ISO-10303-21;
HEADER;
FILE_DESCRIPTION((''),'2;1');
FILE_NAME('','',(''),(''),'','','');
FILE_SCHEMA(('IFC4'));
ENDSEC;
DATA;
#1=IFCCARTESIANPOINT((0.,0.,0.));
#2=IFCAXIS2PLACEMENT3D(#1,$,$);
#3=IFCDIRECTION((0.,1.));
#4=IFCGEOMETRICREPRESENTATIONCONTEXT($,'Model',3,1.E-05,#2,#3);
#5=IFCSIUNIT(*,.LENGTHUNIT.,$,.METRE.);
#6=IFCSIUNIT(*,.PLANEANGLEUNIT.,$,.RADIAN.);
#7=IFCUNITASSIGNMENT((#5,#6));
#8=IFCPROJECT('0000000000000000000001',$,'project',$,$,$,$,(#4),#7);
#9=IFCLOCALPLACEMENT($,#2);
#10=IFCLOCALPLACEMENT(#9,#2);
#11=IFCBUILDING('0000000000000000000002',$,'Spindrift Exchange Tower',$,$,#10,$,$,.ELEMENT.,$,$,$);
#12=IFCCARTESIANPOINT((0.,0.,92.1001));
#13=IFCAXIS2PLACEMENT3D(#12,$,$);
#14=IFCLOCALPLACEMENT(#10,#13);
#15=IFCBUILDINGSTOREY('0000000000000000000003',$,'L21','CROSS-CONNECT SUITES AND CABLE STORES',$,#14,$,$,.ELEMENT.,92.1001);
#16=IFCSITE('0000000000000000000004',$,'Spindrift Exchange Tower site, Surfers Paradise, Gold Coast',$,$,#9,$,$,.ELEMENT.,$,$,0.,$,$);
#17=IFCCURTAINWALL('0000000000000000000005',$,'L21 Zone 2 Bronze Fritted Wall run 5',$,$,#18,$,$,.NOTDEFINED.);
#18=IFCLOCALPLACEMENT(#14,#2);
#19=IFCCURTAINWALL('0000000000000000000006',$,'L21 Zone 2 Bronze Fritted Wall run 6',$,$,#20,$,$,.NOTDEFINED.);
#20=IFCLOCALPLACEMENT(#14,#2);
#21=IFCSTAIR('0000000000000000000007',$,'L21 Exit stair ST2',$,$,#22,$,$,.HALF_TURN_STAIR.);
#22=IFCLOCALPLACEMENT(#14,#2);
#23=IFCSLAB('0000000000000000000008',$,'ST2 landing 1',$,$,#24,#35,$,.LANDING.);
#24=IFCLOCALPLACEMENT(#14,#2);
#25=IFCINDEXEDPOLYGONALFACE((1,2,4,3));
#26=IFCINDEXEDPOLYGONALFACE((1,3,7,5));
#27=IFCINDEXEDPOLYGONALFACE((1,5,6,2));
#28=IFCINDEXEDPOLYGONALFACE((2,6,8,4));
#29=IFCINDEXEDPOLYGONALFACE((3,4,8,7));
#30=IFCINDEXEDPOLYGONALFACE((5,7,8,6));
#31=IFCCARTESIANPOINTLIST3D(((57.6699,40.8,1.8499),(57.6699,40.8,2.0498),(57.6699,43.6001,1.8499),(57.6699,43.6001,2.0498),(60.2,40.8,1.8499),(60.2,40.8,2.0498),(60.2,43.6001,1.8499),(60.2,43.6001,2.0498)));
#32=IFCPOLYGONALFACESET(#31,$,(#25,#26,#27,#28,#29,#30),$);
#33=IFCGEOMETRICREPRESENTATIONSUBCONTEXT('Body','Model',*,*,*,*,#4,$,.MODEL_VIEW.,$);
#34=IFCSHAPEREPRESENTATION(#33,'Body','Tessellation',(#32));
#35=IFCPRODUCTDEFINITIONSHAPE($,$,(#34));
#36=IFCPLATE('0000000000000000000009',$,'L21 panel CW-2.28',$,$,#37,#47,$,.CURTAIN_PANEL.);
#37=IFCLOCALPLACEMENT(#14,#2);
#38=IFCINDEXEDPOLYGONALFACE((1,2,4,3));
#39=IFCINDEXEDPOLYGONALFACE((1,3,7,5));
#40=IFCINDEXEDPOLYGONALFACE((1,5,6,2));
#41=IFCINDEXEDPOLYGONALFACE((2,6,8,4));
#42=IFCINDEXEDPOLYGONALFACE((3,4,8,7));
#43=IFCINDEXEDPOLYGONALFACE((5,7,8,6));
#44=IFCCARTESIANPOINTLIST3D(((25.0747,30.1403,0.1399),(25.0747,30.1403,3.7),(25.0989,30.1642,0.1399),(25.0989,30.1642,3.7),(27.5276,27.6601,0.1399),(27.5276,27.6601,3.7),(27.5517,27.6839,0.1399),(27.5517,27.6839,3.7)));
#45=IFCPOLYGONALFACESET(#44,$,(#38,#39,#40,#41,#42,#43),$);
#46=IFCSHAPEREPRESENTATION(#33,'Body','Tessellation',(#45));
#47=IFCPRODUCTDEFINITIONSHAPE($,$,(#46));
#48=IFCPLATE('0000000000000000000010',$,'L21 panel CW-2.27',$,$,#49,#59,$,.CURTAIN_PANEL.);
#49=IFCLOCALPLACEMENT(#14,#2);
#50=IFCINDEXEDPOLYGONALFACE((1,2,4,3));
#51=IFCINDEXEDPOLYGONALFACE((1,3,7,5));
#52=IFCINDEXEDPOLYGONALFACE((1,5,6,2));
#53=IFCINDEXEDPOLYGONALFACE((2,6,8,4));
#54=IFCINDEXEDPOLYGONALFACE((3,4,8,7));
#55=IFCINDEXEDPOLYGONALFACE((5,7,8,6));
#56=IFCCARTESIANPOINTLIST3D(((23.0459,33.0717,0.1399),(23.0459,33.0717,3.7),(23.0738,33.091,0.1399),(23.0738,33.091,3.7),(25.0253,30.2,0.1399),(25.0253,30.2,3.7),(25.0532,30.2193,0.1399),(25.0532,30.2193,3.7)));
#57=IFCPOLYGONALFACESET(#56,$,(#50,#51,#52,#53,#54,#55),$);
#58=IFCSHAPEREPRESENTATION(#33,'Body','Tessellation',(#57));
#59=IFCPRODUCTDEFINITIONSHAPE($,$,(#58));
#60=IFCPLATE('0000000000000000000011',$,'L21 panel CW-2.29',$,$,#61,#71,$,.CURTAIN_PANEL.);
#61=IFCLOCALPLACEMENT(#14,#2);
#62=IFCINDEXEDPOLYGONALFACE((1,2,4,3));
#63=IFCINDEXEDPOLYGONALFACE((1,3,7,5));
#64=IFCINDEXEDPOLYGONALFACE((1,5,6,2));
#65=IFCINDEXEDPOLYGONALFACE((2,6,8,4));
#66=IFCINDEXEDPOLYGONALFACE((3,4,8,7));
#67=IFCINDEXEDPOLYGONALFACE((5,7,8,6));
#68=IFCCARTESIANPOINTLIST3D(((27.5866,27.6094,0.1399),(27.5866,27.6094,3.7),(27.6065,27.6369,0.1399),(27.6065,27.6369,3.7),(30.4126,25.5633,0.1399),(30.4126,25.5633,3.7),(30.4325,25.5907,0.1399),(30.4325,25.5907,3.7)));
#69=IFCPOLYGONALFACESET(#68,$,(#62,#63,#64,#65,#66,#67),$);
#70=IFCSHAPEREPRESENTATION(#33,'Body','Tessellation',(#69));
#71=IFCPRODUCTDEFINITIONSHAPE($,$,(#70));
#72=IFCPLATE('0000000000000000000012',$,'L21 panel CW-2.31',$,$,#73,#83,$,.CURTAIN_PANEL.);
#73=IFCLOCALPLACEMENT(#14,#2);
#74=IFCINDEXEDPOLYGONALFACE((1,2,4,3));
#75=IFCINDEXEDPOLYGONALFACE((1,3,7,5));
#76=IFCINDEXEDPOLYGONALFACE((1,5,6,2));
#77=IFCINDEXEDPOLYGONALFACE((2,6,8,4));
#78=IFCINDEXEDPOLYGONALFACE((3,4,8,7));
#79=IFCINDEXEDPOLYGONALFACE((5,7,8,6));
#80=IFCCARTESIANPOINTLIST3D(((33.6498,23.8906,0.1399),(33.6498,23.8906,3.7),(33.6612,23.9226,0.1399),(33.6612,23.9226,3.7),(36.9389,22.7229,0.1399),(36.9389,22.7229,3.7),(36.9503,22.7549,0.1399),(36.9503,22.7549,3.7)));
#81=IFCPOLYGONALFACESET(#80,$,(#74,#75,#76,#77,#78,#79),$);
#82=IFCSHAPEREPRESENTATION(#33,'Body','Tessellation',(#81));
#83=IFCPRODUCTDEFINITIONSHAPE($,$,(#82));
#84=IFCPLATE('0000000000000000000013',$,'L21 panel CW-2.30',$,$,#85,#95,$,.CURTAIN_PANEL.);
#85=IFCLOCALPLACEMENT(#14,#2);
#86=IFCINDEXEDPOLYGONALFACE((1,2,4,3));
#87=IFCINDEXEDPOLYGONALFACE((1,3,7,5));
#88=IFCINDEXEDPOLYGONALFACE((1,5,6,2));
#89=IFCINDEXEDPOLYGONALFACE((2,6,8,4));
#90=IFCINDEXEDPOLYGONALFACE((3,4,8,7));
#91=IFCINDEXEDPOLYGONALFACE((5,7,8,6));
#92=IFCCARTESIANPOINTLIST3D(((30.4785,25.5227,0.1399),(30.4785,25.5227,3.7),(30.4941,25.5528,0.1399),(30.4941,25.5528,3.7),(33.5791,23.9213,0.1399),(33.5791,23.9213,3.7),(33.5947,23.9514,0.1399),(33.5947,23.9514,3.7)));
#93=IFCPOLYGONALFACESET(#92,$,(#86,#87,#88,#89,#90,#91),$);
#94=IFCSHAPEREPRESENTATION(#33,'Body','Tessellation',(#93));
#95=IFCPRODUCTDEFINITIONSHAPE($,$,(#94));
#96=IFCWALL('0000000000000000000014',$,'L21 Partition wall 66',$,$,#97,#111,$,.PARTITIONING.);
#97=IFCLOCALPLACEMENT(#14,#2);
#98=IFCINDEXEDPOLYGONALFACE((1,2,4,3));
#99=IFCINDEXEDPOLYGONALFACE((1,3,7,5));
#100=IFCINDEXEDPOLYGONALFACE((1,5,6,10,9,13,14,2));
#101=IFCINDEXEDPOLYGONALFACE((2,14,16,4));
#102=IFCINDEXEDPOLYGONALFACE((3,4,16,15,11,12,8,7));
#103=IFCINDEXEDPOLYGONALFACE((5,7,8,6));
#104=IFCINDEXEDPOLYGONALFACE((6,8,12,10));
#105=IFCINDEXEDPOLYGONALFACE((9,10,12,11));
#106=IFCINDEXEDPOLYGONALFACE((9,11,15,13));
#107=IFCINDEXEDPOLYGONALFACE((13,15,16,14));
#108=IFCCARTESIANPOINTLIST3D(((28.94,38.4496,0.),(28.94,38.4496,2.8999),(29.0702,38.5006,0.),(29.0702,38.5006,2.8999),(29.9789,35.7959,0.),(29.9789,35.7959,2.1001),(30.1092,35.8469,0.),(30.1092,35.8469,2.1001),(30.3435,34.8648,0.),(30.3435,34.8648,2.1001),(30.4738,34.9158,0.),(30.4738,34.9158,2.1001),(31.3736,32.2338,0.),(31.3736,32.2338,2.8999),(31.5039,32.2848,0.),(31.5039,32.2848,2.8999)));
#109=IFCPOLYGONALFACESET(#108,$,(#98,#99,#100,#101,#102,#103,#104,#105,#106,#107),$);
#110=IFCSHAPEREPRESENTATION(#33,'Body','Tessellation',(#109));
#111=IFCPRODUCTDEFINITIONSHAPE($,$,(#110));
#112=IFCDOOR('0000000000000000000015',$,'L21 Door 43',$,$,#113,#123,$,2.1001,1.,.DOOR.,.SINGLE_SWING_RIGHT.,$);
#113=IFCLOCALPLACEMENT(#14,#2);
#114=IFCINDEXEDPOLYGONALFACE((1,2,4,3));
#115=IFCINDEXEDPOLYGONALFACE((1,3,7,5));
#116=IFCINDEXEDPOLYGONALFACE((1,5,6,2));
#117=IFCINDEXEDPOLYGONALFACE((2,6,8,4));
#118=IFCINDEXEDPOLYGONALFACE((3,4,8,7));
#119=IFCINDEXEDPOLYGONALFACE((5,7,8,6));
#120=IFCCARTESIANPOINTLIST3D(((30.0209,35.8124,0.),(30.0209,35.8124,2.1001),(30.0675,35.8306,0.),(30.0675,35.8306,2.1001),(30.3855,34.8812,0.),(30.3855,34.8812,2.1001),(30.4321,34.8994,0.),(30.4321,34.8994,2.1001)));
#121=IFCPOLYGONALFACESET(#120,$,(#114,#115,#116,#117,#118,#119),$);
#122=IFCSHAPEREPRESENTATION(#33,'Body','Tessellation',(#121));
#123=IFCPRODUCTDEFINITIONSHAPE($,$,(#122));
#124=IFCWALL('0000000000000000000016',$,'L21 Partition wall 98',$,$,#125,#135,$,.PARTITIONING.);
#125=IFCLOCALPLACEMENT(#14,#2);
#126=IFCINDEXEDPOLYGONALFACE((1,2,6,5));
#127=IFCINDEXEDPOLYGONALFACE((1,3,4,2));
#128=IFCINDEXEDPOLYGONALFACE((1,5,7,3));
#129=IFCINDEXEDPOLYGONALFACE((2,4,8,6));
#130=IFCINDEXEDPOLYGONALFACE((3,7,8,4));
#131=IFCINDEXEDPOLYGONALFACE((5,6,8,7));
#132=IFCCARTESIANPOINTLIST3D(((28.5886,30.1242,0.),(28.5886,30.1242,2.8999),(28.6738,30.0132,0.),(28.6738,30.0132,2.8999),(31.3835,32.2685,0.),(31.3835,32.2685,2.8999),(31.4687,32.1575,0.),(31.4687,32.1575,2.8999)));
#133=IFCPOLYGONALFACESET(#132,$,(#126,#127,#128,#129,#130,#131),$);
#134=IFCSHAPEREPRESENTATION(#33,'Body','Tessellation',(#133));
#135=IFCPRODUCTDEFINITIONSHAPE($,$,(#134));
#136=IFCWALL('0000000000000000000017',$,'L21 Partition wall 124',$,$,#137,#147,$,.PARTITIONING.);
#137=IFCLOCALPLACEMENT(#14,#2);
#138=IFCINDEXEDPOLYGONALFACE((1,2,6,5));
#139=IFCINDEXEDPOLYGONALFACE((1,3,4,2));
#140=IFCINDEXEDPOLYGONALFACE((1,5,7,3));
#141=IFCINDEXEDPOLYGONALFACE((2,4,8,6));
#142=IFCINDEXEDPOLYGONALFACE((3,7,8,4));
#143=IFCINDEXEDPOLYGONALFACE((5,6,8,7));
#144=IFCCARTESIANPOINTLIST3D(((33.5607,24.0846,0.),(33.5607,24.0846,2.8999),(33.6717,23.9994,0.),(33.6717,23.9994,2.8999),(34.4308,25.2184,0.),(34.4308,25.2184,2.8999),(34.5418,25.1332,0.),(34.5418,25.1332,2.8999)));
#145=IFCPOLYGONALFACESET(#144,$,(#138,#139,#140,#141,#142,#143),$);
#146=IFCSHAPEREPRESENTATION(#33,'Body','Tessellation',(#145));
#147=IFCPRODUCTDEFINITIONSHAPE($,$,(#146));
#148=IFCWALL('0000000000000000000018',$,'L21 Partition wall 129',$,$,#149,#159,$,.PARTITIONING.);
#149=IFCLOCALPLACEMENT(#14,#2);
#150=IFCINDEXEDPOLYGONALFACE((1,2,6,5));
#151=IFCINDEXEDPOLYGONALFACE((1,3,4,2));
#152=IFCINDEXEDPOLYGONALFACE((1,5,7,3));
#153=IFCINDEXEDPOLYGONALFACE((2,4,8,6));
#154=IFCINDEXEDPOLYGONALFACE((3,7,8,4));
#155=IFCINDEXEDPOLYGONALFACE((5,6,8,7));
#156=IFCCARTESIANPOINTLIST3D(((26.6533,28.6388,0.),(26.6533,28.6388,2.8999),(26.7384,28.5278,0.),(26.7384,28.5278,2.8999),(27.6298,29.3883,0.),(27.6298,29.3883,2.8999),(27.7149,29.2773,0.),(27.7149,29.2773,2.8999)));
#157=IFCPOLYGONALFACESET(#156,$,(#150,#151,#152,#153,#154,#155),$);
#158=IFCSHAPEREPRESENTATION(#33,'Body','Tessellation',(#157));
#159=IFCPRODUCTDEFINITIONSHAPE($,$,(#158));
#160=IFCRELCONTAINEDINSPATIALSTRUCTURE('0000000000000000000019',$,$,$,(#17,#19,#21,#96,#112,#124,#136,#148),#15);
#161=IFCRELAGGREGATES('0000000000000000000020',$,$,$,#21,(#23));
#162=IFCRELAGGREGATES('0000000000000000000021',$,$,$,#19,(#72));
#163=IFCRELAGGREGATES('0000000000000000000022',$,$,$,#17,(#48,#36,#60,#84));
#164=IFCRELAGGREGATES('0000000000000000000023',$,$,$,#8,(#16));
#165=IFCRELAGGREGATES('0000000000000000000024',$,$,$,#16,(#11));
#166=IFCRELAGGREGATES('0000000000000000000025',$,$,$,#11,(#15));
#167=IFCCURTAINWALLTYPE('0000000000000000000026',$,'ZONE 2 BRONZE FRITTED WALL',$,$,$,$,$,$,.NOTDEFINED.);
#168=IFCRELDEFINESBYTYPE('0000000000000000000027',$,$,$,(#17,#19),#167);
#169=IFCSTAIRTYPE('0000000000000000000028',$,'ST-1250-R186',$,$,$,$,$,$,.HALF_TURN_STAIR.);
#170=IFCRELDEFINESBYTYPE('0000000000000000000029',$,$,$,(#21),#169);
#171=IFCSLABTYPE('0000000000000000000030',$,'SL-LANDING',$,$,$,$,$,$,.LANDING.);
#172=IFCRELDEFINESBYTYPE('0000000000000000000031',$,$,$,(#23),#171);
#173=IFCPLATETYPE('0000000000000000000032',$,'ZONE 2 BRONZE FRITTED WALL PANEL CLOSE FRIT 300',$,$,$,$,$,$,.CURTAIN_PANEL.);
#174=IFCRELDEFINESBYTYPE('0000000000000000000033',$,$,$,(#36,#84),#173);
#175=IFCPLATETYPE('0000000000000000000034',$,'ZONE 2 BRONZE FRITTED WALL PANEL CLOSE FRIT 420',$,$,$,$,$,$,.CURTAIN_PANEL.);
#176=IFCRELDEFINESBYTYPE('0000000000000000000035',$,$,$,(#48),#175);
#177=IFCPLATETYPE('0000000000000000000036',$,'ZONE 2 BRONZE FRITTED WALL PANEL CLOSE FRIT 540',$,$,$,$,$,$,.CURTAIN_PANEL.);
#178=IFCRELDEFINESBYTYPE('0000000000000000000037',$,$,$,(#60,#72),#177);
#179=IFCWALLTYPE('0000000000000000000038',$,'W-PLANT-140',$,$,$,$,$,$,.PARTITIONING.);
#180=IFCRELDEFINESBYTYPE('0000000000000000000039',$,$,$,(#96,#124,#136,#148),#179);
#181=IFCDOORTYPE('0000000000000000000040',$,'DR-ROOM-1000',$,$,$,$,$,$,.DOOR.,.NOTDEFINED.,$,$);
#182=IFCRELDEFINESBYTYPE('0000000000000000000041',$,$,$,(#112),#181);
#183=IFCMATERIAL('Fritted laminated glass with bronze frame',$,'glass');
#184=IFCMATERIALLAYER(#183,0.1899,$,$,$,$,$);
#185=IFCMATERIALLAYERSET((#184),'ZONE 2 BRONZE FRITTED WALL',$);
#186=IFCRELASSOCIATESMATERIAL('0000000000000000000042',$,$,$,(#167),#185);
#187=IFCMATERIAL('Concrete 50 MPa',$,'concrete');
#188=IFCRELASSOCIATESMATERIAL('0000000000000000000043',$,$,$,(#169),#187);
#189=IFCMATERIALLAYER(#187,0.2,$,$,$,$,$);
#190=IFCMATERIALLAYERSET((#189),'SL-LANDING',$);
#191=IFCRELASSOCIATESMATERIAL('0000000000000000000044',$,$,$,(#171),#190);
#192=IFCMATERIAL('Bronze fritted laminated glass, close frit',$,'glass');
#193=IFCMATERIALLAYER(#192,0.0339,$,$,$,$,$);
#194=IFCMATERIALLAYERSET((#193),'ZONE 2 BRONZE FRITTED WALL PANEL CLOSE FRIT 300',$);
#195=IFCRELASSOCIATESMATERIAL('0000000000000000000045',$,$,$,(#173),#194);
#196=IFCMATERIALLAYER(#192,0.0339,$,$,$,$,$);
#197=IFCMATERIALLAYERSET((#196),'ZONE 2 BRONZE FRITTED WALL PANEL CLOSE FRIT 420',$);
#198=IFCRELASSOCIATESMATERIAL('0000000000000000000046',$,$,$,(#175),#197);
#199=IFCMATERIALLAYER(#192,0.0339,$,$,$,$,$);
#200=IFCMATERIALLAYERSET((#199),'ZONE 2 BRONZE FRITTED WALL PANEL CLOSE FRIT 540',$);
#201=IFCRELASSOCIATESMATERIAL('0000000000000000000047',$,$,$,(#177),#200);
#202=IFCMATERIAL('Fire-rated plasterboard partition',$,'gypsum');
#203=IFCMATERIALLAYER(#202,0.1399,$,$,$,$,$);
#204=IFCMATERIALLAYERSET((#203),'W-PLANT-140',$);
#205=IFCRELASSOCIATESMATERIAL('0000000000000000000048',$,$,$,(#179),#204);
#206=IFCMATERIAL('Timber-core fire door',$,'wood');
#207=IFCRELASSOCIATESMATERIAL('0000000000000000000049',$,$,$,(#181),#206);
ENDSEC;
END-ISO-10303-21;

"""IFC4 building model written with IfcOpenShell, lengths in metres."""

from ifc_helpers import new_model, si_unit, direction, frame, frame_2d, origin, origin_2d, place, context, subcontext, project, spatial, line, indexed_curve, rectangle, outline, extrude, source, transform, mapped, material, layer, layer_set, type_object, element, fill, aggregate, save


model = new_model("IFC4")

# Units and contexts
model_context = context("Model", 3, precision=1e-05, world=origin(), true_north=direction((0.0, 1.0)))
body_context = subcontext(model_context, "Body", "Model", "MODEL_VIEW")
ifc_project = project(units=[si_unit("LENGTHUNIT", "METRE"), si_unit("PLANEANGLEUNIT", "RADIAN")], contexts=[model_context])

# Site, building, storey
site_placement = place(None, origin())
site = spatial("IfcSite", under=ifc_project, at=site_placement, Name="Spindrift Exchange Tower site, Surfers Paradise, Gold Coast", CompositionType="ELEMENT", RefElevation=0.0)
building_placement = place(site_placement, origin())
building = spatial("IfcBuilding", under=site, at=building_placement, Name="Spindrift Exchange Tower", CompositionType="ELEMENT")
storey_placement = place(building_placement, frame((0.0, 0.0, 92.1001)))
storey = spatial("IfcBuildingStorey", under=building, at=storey_placement, Name="L21", Description="CROSS-CONNECT SUITES AND CABLE STORES", CompositionType="ELEMENT", Elevation=92.1001)

# Curtain walls
ifc_material_1 = material(Name="Fritted laminated glass with bronze frame", Category="glass")
ifc_layer_1 = layer(ifc_material_1, 0.1899)
ifc_layer_set_1 = layer_set([ifc_layer_1], Name="ZONE 2 BRONZE FRITTED WALL")
curtain_wall_type = type_object("IfcCurtainWallType", Name="ZONE 2 BRONZE FRITTED WALL", PredefinedType="NOTDEFINED", material=ifc_layer_set_1)
curtain_wall_1_placement = place(storey_placement, origin())
curtain_wall_1 = element("IfcCurtainWall", 1, at=curtain_wall_1_placement, inside=storey, type_object=curtain_wall_type, Name="L21 Zone 2 Bronze Fritted Wall run 5", PredefinedType="NOTDEFINED")
curtain_wall_2_placement = place(storey_placement, origin())
curtain_wall_2 = element("IfcCurtainWall", 2, at=curtain_wall_2_placement, inside=storey, type_object=curtain_wall_type, Name="L21 Zone 2 Bronze Fritted Wall run 6", PredefinedType="NOTDEFINED")

# Shared definitions
ifc_material_2 = material(Name="Concrete 50 MPa", Category="concrete")

# Stair, slab
stair_type = type_object("IfcStairType", Name="ST-1250-R186", PredefinedType="HALF_TURN_STAIR", material=ifc_material_2)
ifc_layer_2 = layer(ifc_material_2, 0.2)
ifc_layer_set_2 = layer_set([ifc_layer_2], Name="SL-LANDING")
slab_type_1 = type_object("IfcSlabType", Name="SL-LANDING", PredefinedType="LANDING", material=ifc_layer_set_2)
stair_1_placement = place(storey_placement, origin())
stair_1 = element("IfcStair", 3, at=stair_1_placement, inside=storey, type_object=stair_type, Name="L21 Exit stair ST2", PredefinedType="HALF_TURN_STAIR")
slab_1_placement = place(storey_placement, frame((0.0, 0.0, 1.8499)))
slab_1 = element("IfcSlab", 4, at=slab_1_placement, type_object=slab_type_1, Name="ST2 landing 1", PredefinedType="LANDING", context=body_context, shape_type="SweptSolid", body=[
    extrude(outline(indexed_curve([(57.6699, 43.6001), (60.2, 43.6001), (60.2, 40.8), (57.6699, 40.8)], segments=[line(1, 2, 3, 4, 1)], self_intersect=False)), origin(), (0.0, 0.0, 1.0), 0.2),
])
aggregate(stair_1, [slab_1])

# Plates
ifc_material_3 = material(Name="Bronze fritted laminated glass, close frit", Category="glass")
ifc_layer_3 = layer(ifc_material_3, 0.0339)
ifc_layer_set_3 = layer_set([ifc_layer_3], Name="ZONE 2 BRONZE FRITTED WALL PANEL CLOSE FRIT 300")
plate_type_1 = type_object("IfcPlateType", Name="ZONE 2 BRONZE FRITTED WALL PANEL CLOSE FRIT 300", PredefinedType="CURTAIN_PANEL", material=ifc_layer_set_3)
shared_shape_1 = source(origin(), body_context, "Body", "SweptSolid", [
    extrude(rectangle(XDim=3.4883, YDim=0.0339, at=origin_2d()), origin(), (0.0, 0.0, 1.0), 3.5601),
])
plate_1_placement = place(storey_placement, frame((26.3132, 28.9121, 0.1399), z_axis=(0.0, 0.0, 1.0), x_axis=(0.703168, -0.711024, 0.0)))
plate_1 = element("IfcPlate", 5, at=plate_1_placement, type_object=plate_type_1, Name="L21 panel CW-2.28", PredefinedType="CURTAIN_PANEL", context=body_context, shape_type="MappedRepresentation", body=[
    mapped(shared_shape_1, transform((0.0, 0.0, 0.0), scale=1.0)),
])
ifc_layer_4 = layer(ifc_material_3, 0.0339)
ifc_layer_set_4 = layer_set([ifc_layer_4], Name="ZONE 2 BRONZE FRITTED WALL PANEL CLOSE FRIT 420")
plate_type_2 = type_object("IfcPlateType", Name="ZONE 2 BRONZE FRITTED WALL PANEL CLOSE FRIT 420", PredefinedType="CURTAIN_PANEL", material=ifc_layer_set_4)
shared_shape_2 = source(origin(), body_context, "Body", "SweptSolid", [
    extrude(rectangle(XDim=3.4878, YDim=0.0339, at=origin_2d()), origin(), (0.0, 0.0, 1.0), 3.5601),
])
plate_2_placement = place(storey_placement, frame((24.0496, 31.6455, 0.1399), z_axis=(0.0, 0.0, 1.0), x_axis=(0.567523, -0.823357, 0.0)))
plate_2 = element("IfcPlate", 6, at=plate_2_placement, type_object=plate_type_2, Name="L21 panel CW-2.27", PredefinedType="CURTAIN_PANEL", context=body_context, shape_type="MappedRepresentation", body=[
    mapped(shared_shape_2, transform((0.0, 0.0, 0.0), scale=1.0)),
])
ifc_layer_5 = layer(ifc_material_3, 0.0339)
ifc_layer_set_5 = layer_set([ifc_layer_5], Name="ZONE 2 BRONZE FRITTED WALL PANEL CLOSE FRIT 540")
plate_type_3 = type_object("IfcPlateType", Name="ZONE 2 BRONZE FRITTED WALL PANEL CLOSE FRIT 540", PredefinedType="CURTAIN_PANEL", material=ifc_layer_set_5)
shared_shape_3 = source(origin(), body_context, "Body", "SweptSolid", [
    extrude(rectangle(XDim=3.489, YDim=0.0339, at=origin_2d()), origin(), (0.0, 0.0, 1.0), 3.5601),
])
plate_3_placement = place(storey_placement, frame((29.0095, 26.6001, 0.1399), z_axis=(0.0, 0.0, 1.0), x_axis=(0.809974, -0.586466, 0.0)))
plate_3 = element("IfcPlate", 7, at=plate_3_placement, type_object=plate_type_3, Name="L21 panel CW-2.29", PredefinedType="CURTAIN_PANEL", context=body_context, shape_type="MappedRepresentation", body=[
    mapped(shared_shape_3, transform((0.0, 0.0, 0.0), scale=1.0)),
])
shared_shape_4 = source(origin(), body_context, "Body", "SweptSolid", [
    extrude(rectangle(XDim=3.4902, YDim=0.0339, at=origin_2d()), origin(), (0.0, 0.0, 1.0), 3.5601),
])
plate_4_placement = place(storey_placement, frame((35.3, 23.3228, 0.1399), z_axis=(0.0, 0.0, 1.0), x_axis=(0.942374, -0.334562, 0.0)))
plate_4 = element("IfcPlate", 8, at=plate_4_placement, type_object=plate_type_3, Name="L21 panel CW-2.31", PredefinedType="CURTAIN_PANEL", context=body_context, shape_type="MappedRepresentation", body=[
    mapped(shared_shape_4, transform((0.0, 0.0, 0.0), scale=1.0)),
])
aggregate(curtain_wall_2, [plate_4])
shared_shape_5 = source(origin(), body_context, "Body", "SweptSolid", [
    extrude(rectangle(XDim=3.4897, YDim=0.0339, at=origin_2d()), origin(), (0.0, 0.0, 1.0), 3.5601),
])
plate_5_placement = place(storey_placement, frame((32.0366, 24.7371, 0.1399), z_axis=(0.0, 0.0, 1.0), x_axis=(0.888493, -0.45889, 0.0)))
plate_5 = element("IfcPlate", 9, at=plate_5_placement, type_object=plate_type_1, Name="L21 panel CW-2.30", PredefinedType="CURTAIN_PANEL", context=body_context, shape_type="MappedRepresentation", body=[
    mapped(shared_shape_5, transform((0.0, 0.0, 0.0), scale=1.0)),
])
aggregate(curtain_wall_1, [plate_2, plate_1, plate_3, plate_5])

# Wall, opening, door
ifc_material_4 = material(Name="Fire-rated plasterboard partition", Category="gypsum")
ifc_layer_6 = layer(ifc_material_4, 0.1399)
ifc_layer_set_6 = layer_set([ifc_layer_6], Name="W-PLANT-140")
wall_type = type_object("IfcWallType", Name="W-PLANT-140", PredefinedType="PARTITIONING", material=ifc_layer_set_6)
wall_1_placement = place(storey_placement, frame((31.4387, 32.2593, 0.0), z_axis=(0.0, 0.0, 1.0), x_axis=(-0.36457, 0.931176, 0.0)))
wall_1 = element("IfcWall", 10, at=wall_1_placement, inside=storey, type_object=wall_type, Name="L21 Partition wall 66", PredefinedType="PARTITIONING", context=body_context, shape_type="SweptSolid", body=[
    extrude(rectangle(XDim=6.6753, YDim=0.1399, at=frame_2d((3.3376, 0.0))), origin(), (0.0, 0.0, 1.0), 2.8999),
])
opening_placement = place(wall_1_placement, frame((2.8254, 0.0, 0.0)))
opening = element("IfcOpeningElement", 11, at=opening_placement, cuts=wall_1, PredefinedType="OPENING", context=body_context, shape_type="SweptSolid", body=[
    extrude(rectangle(XDim=1.0, YDim=2.1001, at=frame_2d((0.5, 1.05))), frame((0.0, 0.0798, 0.0), z_axis=(0.0, -1.0, 0.0), x_axis=(1.0, 0.0, 0.0)), (0.0, 0.0, 1.0), 0.1599),
])
ifc_material_5 = material(Name="Timber-core fire door", Category="wood")
door_type = type_object("IfcDoorType", Name="DR-ROOM-1000", OperationType="NOTDEFINED", PredefinedType="DOOR", material=ifc_material_5)
shared_shape_6 = source(origin(), body_context, "Body", "SweptSolid", [
    extrude(rectangle(XDim=1.0, YDim=2.1001, at=frame_2d((0.5, 1.05))), frame((0.0, 0.0249, 0.0), z_axis=(0.0, -1.0, 0.0), x_axis=(1.0, 0.0, 0.0)), (0.0, 0.0, 1.0), 0.05),
])
door_placement = place(opening_placement, origin())
door = element("IfcDoor", 12, at=door_placement, inside=storey, type_object=door_type, Name="L21 Door 43", OperationType="SINGLE_SWING_RIGHT", OverallHeight=2.1001, OverallWidth=1.0, PredefinedType="DOOR", context=body_context, shape_type="MappedRepresentation", body=[
    mapped(shared_shape_6, transform((0.0, 0.0, 0.0), scale=1.0)),
])
fill(opening, door)

# Walls
wall_2_placement = place(storey_placement, frame((31.426, 32.2129, 0.0), z_axis=(0.0, 0.0, 1.0), x_axis=(-0.793399, -0.608702, 0.0)))
element("IfcWall", 13, at=wall_2_placement, inside=storey, type_object=wall_type, Name="L21 Partition wall 98", PredefinedType="PARTITIONING", context=body_context, shape_type="SweptSolid", body=[
    extrude(rectangle(XDim=3.5227, YDim=0.1399, at=frame_2d((1.7612, 0.0))), origin(), (0.0, 0.0, 1.0), 2.8999),
])
wall_3_placement = place(storey_placement, frame((34.4863, 25.1758, 0.0), z_axis=(0.0, 0.0, 1.0), x_axis=(-0.608819, -0.793309, 0.0)))
element("IfcWall", 14, at=wall_3_placement, inside=storey, type_object=wall_type, Name="L21 Partition wall 124", PredefinedType="PARTITIONING", context=body_context, shape_type="SweptSolid", body=[
    extrude(rectangle(XDim=1.4292, YDim=0.1399, at=frame_2d((0.7146, 0.0))), origin(), (0.0, 0.0, 1.0), 2.8999),
])
wall_4_placement = place(storey_placement, frame((27.6724, 29.3328, 0.0), z_axis=(0.0, 0.0, 1.0), x_axis=(-0.793287, -0.608848, 0.0)))
element("IfcWall", 15, at=wall_4_placement, inside=storey, type_object=wall_type, Name="L21 Partition wall 129", PredefinedType="PARTITIONING", context=body_context, shape_type="SweptSolid", body=[
    extrude(rectangle(XDim=1.231, YDim=0.1399, at=frame_2d((0.6155, 0.0))), origin(), (0.0, 0.0, 1.0), 2.8999),
])

save(model, "model.ifc")
